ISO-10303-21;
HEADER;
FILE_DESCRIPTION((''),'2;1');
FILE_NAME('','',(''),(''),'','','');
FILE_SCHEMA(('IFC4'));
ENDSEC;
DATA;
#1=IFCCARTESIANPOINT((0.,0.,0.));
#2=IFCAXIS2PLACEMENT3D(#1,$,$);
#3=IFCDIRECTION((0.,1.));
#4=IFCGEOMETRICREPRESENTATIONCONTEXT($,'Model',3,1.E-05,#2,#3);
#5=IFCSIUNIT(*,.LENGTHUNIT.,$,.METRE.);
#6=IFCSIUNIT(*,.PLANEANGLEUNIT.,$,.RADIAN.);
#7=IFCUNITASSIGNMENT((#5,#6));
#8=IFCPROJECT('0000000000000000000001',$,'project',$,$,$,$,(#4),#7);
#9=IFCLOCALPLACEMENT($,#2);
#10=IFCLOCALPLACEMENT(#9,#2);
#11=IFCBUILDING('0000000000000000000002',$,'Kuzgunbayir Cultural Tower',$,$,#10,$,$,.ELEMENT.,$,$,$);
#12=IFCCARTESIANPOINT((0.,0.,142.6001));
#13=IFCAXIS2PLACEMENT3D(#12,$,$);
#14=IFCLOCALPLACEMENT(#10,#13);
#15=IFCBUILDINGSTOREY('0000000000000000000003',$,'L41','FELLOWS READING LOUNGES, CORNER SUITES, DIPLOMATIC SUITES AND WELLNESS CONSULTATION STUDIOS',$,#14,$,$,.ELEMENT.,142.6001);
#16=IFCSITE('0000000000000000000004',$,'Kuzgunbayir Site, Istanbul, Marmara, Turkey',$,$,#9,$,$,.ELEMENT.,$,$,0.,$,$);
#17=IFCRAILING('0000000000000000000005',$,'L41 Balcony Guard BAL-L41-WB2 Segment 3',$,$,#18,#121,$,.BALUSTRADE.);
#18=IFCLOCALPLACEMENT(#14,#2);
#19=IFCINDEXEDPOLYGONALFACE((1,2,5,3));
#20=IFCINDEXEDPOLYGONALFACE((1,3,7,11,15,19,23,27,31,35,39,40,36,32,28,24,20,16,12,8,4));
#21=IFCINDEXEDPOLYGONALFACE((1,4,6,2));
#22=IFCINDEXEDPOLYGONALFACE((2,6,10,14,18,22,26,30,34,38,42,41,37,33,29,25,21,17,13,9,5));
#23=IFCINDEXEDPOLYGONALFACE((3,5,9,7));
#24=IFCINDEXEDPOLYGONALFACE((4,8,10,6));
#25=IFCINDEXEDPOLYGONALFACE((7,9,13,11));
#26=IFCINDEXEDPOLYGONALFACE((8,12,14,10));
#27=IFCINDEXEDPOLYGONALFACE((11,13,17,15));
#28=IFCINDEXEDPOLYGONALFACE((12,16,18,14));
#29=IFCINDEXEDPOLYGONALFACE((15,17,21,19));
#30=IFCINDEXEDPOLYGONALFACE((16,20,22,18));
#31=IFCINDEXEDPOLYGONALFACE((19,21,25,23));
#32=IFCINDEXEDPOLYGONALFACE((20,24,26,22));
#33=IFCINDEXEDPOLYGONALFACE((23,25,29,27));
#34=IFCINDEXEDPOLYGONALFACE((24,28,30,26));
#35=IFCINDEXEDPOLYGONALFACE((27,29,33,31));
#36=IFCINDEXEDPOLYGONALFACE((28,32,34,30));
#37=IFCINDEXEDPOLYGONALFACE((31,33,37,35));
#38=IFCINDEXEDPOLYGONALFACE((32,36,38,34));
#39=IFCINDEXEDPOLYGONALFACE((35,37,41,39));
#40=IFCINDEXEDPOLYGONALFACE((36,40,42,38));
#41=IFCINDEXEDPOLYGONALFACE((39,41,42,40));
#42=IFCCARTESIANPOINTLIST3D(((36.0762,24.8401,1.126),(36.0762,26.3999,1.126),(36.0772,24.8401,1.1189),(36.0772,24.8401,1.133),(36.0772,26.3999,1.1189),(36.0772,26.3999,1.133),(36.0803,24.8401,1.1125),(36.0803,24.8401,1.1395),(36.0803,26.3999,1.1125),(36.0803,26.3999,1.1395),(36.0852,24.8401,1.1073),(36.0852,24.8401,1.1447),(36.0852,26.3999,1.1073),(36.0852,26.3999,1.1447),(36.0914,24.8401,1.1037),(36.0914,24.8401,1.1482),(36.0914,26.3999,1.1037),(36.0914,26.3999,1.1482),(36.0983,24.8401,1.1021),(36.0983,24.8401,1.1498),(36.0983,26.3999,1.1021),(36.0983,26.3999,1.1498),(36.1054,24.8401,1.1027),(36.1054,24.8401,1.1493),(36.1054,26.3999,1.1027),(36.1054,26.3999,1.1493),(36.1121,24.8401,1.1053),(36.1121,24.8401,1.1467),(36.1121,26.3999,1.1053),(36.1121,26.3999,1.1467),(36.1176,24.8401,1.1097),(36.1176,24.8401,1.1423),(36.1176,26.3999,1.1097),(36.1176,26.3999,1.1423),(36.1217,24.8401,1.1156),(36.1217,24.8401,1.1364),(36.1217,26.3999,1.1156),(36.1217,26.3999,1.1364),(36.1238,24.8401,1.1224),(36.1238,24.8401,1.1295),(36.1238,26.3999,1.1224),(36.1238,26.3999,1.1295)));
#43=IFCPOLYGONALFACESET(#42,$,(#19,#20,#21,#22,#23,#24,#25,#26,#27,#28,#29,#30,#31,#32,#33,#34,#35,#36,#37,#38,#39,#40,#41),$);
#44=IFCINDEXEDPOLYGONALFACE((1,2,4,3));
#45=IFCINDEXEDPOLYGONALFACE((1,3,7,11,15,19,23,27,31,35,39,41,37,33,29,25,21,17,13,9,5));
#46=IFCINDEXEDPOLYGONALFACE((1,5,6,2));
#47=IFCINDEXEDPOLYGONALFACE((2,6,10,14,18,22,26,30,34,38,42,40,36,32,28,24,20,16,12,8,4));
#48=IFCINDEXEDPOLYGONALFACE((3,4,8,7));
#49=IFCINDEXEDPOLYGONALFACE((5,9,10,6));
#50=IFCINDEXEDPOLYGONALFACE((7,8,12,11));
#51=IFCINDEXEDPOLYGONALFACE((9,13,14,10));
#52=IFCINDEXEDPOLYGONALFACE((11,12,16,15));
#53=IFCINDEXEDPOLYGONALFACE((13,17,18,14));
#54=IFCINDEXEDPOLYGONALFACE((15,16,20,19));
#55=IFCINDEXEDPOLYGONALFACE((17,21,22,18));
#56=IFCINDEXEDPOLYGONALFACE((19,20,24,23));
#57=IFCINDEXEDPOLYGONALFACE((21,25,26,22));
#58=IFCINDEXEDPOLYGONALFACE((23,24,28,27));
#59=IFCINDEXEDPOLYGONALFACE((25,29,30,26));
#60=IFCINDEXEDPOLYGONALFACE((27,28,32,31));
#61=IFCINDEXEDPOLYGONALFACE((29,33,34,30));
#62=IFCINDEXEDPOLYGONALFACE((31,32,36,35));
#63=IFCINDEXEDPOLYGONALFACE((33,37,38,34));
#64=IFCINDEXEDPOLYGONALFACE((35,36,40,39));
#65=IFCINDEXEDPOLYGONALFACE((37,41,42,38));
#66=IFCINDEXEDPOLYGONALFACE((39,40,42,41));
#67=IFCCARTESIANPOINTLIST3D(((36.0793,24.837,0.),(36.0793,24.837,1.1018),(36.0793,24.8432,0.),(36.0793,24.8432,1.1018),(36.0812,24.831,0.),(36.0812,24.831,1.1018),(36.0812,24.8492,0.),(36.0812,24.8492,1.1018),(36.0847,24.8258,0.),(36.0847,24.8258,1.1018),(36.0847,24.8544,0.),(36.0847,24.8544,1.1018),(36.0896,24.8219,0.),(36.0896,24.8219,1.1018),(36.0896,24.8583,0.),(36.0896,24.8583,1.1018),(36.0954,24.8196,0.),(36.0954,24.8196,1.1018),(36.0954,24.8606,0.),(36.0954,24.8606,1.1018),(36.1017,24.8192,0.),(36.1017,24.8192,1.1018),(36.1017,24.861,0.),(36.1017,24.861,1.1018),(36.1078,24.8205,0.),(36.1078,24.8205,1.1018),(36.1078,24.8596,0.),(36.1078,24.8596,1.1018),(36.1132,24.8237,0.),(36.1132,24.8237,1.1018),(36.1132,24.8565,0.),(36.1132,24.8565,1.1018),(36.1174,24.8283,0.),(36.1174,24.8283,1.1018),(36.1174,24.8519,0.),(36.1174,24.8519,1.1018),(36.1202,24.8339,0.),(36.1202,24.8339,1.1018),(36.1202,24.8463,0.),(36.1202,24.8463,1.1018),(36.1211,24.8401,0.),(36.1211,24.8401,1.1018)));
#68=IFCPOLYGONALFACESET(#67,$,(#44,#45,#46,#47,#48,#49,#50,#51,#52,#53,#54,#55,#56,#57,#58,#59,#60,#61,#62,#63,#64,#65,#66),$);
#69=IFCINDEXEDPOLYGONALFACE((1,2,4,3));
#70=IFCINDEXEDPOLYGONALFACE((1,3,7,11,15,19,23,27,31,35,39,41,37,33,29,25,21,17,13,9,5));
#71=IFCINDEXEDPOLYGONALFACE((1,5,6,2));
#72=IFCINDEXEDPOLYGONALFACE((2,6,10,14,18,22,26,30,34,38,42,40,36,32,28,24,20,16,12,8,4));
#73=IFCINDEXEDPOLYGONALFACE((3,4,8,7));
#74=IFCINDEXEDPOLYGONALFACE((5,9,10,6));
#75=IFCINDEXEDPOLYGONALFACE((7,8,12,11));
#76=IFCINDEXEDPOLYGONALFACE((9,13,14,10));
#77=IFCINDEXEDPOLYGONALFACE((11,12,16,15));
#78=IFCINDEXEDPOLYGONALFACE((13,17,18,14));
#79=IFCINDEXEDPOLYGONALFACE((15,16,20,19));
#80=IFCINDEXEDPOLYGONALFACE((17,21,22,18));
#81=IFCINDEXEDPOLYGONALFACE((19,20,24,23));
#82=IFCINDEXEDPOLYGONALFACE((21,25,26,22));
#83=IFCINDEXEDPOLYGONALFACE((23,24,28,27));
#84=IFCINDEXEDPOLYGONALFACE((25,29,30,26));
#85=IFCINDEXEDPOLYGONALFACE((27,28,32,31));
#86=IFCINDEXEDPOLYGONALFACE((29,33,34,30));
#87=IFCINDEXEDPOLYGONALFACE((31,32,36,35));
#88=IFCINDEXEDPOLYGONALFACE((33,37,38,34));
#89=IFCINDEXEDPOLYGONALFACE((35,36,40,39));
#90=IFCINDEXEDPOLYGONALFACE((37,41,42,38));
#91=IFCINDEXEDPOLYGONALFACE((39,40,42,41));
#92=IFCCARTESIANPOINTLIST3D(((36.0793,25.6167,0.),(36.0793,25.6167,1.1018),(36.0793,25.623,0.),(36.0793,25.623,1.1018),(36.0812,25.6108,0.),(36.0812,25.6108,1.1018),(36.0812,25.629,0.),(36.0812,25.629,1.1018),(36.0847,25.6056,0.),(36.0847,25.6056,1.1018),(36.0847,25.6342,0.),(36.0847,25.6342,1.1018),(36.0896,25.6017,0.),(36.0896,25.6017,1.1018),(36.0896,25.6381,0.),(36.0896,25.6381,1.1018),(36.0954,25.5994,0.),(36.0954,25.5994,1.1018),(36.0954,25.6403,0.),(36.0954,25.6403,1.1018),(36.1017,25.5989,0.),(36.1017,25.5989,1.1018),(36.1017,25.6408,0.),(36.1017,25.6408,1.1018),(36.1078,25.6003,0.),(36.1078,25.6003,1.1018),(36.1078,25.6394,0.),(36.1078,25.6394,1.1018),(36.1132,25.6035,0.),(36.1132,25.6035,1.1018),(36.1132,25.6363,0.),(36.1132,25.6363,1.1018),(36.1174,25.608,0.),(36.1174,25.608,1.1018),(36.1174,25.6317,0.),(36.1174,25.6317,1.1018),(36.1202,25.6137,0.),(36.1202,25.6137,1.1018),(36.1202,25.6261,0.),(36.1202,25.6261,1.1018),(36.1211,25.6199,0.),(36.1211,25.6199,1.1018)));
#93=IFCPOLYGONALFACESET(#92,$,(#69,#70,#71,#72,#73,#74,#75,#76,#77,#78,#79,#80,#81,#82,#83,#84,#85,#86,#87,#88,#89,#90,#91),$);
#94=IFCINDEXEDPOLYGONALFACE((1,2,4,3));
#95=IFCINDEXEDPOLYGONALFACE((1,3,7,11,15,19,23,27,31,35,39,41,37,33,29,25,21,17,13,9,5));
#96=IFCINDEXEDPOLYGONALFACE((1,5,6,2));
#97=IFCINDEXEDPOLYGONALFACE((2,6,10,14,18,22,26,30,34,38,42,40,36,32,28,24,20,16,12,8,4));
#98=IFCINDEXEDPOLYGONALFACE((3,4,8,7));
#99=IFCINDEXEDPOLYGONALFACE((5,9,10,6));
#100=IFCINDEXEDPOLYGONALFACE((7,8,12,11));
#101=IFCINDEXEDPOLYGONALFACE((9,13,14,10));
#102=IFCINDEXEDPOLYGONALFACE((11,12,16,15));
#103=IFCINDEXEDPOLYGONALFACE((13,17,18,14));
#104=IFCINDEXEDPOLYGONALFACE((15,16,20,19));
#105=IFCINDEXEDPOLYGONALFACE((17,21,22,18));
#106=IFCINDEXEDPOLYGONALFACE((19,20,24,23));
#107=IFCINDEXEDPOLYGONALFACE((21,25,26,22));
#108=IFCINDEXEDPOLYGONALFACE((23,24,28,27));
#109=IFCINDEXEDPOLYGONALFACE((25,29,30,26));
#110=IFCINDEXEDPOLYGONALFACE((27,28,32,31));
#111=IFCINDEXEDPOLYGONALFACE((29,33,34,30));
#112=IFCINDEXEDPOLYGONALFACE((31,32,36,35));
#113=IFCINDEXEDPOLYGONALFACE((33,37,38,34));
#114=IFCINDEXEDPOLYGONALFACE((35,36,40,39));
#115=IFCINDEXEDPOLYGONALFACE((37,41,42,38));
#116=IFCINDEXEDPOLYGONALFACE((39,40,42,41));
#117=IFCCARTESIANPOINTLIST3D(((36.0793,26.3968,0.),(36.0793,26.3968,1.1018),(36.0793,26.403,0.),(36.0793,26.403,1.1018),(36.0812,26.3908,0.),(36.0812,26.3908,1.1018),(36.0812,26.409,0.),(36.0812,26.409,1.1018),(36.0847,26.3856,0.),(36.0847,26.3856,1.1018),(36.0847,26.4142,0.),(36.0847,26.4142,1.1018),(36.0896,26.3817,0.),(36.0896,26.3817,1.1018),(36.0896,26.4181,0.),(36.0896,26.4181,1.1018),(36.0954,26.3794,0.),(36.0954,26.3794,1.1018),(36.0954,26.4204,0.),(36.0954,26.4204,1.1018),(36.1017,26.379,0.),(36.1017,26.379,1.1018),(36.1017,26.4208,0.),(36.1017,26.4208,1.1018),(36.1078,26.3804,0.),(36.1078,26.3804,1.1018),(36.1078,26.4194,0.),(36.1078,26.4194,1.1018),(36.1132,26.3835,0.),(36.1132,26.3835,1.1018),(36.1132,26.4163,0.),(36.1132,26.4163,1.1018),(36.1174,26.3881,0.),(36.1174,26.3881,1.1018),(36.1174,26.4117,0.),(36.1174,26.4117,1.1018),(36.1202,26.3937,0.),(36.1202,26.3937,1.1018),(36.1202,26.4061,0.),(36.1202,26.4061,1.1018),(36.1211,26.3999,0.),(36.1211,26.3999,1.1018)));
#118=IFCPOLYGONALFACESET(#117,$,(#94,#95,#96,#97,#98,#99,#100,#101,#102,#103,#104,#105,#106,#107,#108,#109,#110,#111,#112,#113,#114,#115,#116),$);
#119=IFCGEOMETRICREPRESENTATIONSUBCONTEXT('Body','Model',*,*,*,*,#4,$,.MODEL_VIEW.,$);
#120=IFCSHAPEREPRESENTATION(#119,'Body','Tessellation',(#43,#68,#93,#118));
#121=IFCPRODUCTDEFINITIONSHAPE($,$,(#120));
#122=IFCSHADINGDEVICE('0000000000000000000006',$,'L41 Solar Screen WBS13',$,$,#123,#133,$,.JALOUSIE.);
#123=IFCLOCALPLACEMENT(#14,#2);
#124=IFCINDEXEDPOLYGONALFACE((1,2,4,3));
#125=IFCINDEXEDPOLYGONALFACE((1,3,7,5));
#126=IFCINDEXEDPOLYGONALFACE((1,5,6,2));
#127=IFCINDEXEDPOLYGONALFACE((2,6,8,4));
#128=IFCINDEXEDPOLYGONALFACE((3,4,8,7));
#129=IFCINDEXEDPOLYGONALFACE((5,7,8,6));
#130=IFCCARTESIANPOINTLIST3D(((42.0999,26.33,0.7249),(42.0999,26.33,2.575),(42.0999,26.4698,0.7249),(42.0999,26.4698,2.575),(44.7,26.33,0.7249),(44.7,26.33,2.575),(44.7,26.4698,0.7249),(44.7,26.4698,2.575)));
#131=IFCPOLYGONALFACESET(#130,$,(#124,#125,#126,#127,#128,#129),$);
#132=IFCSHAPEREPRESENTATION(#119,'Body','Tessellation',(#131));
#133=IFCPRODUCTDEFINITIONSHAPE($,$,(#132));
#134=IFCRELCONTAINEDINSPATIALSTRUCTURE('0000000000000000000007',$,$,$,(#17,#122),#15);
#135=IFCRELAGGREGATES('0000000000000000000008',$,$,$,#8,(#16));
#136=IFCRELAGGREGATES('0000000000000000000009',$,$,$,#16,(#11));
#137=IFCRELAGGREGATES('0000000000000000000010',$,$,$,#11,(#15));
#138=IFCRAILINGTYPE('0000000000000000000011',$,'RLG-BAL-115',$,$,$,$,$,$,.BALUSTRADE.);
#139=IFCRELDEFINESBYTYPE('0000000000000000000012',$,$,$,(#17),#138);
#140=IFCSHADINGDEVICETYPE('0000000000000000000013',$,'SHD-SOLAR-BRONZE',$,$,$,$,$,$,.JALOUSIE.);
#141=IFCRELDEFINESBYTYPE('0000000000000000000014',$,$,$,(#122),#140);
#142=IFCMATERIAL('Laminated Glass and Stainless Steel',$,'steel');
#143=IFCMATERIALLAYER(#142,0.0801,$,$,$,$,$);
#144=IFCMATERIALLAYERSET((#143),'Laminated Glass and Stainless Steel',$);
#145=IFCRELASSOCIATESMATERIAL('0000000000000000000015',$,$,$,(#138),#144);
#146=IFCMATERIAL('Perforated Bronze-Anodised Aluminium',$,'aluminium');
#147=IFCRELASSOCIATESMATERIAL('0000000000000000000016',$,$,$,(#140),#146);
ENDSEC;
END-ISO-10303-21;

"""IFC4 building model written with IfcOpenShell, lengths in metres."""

from ifc_helpers import new_model, si_unit, direction, frame, origin, origin_2d, place, context, subcontext, project, spatial, rectangle, circle, extrude, material, layer, layer_set, type_object, element, save


model = new_model("IFC4")

# Units and contexts
model_context = context("Model", 3, precision=1e-05, world=origin(), true_north=direction((0.0, 1.0)))
body_context = subcontext(model_context, "Body", "Model", "MODEL_VIEW")
ifc_project = project(units=[si_unit("LENGTHUNIT", "METRE"), si_unit("PLANEANGLEUNIT", "RADIAN")], contexts=[model_context])

# Site, building, storey
site_placement = place(None, origin())
site = spatial("IfcSite", under=ifc_project, at=site_placement, Name="Kuzgunbayir Site, Istanbul, Marmara, Turkey", CompositionType="ELEMENT", RefElevation=0.0)
building_placement = place(site_placement, origin())
building = spatial("IfcBuilding", under=site, at=building_placement, Name="Kuzgunbayir Cultural Tower", CompositionType="ELEMENT")
storey_placement = place(building_placement, frame((0.0, 0.0, 142.6001)))
storey = spatial("IfcBuildingStorey", under=building, at=storey_placement, Name="L41", Description="FELLOWS READING LOUNGES, CORNER SUITES, DIPLOMATIC SUITES AND WELLNESS CONSULTATION STUDIOS", CompositionType="ELEMENT", Elevation=142.6001)

# Railing
ifc_material_1 = material(Name="Laminated Glass and Stainless Steel", Category="steel")
ifc_layer_1 = layer(ifc_material_1, 0.0801)
ifc_layer_set_1 = layer_set([ifc_layer_1], Name="Laminated Glass and Stainless Steel")
railing_type = type_object("IfcRailingType", Name="RLG-BAL-115", PredefinedType="BALUSTRADE", material=ifc_layer_set_1)
railing_1_placement = place(storey_placement, frame((36.1001, 24.8401, 0.0)))
element("IfcRailing", 1, at=railing_1_placement, inside=storey, type_object=railing_type, Name="L41 Balcony Guard BAL-L41-WB2 Segment 3", PredefinedType="BALUSTRADE", context=body_context, shape_type="SweptSolid", body=[
    extrude(circle(Radius=0.0239, at=origin_2d()), frame((0.0, 0.0, 1.126), z_axis=(0.0, 1.0, 0.0), x_axis=(-1.0, 0.0, 0.0)), (0.0, 0.0, 1.0), 1.5598),
    extrude(circle(Radius=0.021, at=origin_2d()), origin(), (0.0, 0.0, 1.0), 1.1018),
    extrude(circle(Radius=0.021, at=origin_2d()), frame((0.0, 0.7798, 0.0)), (0.0, 0.0, 1.0), 1.1018),
    extrude(circle(Radius=0.021, at=origin_2d()), frame((0.0, 1.5598, 0.0)), (0.0, 0.0, 1.0), 1.1018),
])

# Shading device
ifc_material_2 = material(Name="Perforated Bronze-Anodised Aluminium", Category="aluminium")
shading_device_type = type_object("IfcShadingDeviceType", Name="SHD-SOLAR-BRONZE", PredefinedType="JALOUSIE", material=ifc_material_2)
shading_device_placement = place(storey_placement, frame((43.3999, 26.3999, 0.7249), z_axis=(0.0, 0.0, 1.0), x_axis=(1.0, 0.0, 0.0)))
element("IfcShadingDevice", 2, at=shading_device_placement, inside=storey, type_object=shading_device_type, Name="L41 Solar Screen WBS13", PredefinedType="JALOUSIE", context=body_context, shape_type="SweptSolid", body=[
    extrude(rectangle(XDim=2.6001, YDim=0.1399, at=origin_2d()), origin(), (0.0, 0.0, 1.0), 1.8501),
])

save(model, "model.ifc")
